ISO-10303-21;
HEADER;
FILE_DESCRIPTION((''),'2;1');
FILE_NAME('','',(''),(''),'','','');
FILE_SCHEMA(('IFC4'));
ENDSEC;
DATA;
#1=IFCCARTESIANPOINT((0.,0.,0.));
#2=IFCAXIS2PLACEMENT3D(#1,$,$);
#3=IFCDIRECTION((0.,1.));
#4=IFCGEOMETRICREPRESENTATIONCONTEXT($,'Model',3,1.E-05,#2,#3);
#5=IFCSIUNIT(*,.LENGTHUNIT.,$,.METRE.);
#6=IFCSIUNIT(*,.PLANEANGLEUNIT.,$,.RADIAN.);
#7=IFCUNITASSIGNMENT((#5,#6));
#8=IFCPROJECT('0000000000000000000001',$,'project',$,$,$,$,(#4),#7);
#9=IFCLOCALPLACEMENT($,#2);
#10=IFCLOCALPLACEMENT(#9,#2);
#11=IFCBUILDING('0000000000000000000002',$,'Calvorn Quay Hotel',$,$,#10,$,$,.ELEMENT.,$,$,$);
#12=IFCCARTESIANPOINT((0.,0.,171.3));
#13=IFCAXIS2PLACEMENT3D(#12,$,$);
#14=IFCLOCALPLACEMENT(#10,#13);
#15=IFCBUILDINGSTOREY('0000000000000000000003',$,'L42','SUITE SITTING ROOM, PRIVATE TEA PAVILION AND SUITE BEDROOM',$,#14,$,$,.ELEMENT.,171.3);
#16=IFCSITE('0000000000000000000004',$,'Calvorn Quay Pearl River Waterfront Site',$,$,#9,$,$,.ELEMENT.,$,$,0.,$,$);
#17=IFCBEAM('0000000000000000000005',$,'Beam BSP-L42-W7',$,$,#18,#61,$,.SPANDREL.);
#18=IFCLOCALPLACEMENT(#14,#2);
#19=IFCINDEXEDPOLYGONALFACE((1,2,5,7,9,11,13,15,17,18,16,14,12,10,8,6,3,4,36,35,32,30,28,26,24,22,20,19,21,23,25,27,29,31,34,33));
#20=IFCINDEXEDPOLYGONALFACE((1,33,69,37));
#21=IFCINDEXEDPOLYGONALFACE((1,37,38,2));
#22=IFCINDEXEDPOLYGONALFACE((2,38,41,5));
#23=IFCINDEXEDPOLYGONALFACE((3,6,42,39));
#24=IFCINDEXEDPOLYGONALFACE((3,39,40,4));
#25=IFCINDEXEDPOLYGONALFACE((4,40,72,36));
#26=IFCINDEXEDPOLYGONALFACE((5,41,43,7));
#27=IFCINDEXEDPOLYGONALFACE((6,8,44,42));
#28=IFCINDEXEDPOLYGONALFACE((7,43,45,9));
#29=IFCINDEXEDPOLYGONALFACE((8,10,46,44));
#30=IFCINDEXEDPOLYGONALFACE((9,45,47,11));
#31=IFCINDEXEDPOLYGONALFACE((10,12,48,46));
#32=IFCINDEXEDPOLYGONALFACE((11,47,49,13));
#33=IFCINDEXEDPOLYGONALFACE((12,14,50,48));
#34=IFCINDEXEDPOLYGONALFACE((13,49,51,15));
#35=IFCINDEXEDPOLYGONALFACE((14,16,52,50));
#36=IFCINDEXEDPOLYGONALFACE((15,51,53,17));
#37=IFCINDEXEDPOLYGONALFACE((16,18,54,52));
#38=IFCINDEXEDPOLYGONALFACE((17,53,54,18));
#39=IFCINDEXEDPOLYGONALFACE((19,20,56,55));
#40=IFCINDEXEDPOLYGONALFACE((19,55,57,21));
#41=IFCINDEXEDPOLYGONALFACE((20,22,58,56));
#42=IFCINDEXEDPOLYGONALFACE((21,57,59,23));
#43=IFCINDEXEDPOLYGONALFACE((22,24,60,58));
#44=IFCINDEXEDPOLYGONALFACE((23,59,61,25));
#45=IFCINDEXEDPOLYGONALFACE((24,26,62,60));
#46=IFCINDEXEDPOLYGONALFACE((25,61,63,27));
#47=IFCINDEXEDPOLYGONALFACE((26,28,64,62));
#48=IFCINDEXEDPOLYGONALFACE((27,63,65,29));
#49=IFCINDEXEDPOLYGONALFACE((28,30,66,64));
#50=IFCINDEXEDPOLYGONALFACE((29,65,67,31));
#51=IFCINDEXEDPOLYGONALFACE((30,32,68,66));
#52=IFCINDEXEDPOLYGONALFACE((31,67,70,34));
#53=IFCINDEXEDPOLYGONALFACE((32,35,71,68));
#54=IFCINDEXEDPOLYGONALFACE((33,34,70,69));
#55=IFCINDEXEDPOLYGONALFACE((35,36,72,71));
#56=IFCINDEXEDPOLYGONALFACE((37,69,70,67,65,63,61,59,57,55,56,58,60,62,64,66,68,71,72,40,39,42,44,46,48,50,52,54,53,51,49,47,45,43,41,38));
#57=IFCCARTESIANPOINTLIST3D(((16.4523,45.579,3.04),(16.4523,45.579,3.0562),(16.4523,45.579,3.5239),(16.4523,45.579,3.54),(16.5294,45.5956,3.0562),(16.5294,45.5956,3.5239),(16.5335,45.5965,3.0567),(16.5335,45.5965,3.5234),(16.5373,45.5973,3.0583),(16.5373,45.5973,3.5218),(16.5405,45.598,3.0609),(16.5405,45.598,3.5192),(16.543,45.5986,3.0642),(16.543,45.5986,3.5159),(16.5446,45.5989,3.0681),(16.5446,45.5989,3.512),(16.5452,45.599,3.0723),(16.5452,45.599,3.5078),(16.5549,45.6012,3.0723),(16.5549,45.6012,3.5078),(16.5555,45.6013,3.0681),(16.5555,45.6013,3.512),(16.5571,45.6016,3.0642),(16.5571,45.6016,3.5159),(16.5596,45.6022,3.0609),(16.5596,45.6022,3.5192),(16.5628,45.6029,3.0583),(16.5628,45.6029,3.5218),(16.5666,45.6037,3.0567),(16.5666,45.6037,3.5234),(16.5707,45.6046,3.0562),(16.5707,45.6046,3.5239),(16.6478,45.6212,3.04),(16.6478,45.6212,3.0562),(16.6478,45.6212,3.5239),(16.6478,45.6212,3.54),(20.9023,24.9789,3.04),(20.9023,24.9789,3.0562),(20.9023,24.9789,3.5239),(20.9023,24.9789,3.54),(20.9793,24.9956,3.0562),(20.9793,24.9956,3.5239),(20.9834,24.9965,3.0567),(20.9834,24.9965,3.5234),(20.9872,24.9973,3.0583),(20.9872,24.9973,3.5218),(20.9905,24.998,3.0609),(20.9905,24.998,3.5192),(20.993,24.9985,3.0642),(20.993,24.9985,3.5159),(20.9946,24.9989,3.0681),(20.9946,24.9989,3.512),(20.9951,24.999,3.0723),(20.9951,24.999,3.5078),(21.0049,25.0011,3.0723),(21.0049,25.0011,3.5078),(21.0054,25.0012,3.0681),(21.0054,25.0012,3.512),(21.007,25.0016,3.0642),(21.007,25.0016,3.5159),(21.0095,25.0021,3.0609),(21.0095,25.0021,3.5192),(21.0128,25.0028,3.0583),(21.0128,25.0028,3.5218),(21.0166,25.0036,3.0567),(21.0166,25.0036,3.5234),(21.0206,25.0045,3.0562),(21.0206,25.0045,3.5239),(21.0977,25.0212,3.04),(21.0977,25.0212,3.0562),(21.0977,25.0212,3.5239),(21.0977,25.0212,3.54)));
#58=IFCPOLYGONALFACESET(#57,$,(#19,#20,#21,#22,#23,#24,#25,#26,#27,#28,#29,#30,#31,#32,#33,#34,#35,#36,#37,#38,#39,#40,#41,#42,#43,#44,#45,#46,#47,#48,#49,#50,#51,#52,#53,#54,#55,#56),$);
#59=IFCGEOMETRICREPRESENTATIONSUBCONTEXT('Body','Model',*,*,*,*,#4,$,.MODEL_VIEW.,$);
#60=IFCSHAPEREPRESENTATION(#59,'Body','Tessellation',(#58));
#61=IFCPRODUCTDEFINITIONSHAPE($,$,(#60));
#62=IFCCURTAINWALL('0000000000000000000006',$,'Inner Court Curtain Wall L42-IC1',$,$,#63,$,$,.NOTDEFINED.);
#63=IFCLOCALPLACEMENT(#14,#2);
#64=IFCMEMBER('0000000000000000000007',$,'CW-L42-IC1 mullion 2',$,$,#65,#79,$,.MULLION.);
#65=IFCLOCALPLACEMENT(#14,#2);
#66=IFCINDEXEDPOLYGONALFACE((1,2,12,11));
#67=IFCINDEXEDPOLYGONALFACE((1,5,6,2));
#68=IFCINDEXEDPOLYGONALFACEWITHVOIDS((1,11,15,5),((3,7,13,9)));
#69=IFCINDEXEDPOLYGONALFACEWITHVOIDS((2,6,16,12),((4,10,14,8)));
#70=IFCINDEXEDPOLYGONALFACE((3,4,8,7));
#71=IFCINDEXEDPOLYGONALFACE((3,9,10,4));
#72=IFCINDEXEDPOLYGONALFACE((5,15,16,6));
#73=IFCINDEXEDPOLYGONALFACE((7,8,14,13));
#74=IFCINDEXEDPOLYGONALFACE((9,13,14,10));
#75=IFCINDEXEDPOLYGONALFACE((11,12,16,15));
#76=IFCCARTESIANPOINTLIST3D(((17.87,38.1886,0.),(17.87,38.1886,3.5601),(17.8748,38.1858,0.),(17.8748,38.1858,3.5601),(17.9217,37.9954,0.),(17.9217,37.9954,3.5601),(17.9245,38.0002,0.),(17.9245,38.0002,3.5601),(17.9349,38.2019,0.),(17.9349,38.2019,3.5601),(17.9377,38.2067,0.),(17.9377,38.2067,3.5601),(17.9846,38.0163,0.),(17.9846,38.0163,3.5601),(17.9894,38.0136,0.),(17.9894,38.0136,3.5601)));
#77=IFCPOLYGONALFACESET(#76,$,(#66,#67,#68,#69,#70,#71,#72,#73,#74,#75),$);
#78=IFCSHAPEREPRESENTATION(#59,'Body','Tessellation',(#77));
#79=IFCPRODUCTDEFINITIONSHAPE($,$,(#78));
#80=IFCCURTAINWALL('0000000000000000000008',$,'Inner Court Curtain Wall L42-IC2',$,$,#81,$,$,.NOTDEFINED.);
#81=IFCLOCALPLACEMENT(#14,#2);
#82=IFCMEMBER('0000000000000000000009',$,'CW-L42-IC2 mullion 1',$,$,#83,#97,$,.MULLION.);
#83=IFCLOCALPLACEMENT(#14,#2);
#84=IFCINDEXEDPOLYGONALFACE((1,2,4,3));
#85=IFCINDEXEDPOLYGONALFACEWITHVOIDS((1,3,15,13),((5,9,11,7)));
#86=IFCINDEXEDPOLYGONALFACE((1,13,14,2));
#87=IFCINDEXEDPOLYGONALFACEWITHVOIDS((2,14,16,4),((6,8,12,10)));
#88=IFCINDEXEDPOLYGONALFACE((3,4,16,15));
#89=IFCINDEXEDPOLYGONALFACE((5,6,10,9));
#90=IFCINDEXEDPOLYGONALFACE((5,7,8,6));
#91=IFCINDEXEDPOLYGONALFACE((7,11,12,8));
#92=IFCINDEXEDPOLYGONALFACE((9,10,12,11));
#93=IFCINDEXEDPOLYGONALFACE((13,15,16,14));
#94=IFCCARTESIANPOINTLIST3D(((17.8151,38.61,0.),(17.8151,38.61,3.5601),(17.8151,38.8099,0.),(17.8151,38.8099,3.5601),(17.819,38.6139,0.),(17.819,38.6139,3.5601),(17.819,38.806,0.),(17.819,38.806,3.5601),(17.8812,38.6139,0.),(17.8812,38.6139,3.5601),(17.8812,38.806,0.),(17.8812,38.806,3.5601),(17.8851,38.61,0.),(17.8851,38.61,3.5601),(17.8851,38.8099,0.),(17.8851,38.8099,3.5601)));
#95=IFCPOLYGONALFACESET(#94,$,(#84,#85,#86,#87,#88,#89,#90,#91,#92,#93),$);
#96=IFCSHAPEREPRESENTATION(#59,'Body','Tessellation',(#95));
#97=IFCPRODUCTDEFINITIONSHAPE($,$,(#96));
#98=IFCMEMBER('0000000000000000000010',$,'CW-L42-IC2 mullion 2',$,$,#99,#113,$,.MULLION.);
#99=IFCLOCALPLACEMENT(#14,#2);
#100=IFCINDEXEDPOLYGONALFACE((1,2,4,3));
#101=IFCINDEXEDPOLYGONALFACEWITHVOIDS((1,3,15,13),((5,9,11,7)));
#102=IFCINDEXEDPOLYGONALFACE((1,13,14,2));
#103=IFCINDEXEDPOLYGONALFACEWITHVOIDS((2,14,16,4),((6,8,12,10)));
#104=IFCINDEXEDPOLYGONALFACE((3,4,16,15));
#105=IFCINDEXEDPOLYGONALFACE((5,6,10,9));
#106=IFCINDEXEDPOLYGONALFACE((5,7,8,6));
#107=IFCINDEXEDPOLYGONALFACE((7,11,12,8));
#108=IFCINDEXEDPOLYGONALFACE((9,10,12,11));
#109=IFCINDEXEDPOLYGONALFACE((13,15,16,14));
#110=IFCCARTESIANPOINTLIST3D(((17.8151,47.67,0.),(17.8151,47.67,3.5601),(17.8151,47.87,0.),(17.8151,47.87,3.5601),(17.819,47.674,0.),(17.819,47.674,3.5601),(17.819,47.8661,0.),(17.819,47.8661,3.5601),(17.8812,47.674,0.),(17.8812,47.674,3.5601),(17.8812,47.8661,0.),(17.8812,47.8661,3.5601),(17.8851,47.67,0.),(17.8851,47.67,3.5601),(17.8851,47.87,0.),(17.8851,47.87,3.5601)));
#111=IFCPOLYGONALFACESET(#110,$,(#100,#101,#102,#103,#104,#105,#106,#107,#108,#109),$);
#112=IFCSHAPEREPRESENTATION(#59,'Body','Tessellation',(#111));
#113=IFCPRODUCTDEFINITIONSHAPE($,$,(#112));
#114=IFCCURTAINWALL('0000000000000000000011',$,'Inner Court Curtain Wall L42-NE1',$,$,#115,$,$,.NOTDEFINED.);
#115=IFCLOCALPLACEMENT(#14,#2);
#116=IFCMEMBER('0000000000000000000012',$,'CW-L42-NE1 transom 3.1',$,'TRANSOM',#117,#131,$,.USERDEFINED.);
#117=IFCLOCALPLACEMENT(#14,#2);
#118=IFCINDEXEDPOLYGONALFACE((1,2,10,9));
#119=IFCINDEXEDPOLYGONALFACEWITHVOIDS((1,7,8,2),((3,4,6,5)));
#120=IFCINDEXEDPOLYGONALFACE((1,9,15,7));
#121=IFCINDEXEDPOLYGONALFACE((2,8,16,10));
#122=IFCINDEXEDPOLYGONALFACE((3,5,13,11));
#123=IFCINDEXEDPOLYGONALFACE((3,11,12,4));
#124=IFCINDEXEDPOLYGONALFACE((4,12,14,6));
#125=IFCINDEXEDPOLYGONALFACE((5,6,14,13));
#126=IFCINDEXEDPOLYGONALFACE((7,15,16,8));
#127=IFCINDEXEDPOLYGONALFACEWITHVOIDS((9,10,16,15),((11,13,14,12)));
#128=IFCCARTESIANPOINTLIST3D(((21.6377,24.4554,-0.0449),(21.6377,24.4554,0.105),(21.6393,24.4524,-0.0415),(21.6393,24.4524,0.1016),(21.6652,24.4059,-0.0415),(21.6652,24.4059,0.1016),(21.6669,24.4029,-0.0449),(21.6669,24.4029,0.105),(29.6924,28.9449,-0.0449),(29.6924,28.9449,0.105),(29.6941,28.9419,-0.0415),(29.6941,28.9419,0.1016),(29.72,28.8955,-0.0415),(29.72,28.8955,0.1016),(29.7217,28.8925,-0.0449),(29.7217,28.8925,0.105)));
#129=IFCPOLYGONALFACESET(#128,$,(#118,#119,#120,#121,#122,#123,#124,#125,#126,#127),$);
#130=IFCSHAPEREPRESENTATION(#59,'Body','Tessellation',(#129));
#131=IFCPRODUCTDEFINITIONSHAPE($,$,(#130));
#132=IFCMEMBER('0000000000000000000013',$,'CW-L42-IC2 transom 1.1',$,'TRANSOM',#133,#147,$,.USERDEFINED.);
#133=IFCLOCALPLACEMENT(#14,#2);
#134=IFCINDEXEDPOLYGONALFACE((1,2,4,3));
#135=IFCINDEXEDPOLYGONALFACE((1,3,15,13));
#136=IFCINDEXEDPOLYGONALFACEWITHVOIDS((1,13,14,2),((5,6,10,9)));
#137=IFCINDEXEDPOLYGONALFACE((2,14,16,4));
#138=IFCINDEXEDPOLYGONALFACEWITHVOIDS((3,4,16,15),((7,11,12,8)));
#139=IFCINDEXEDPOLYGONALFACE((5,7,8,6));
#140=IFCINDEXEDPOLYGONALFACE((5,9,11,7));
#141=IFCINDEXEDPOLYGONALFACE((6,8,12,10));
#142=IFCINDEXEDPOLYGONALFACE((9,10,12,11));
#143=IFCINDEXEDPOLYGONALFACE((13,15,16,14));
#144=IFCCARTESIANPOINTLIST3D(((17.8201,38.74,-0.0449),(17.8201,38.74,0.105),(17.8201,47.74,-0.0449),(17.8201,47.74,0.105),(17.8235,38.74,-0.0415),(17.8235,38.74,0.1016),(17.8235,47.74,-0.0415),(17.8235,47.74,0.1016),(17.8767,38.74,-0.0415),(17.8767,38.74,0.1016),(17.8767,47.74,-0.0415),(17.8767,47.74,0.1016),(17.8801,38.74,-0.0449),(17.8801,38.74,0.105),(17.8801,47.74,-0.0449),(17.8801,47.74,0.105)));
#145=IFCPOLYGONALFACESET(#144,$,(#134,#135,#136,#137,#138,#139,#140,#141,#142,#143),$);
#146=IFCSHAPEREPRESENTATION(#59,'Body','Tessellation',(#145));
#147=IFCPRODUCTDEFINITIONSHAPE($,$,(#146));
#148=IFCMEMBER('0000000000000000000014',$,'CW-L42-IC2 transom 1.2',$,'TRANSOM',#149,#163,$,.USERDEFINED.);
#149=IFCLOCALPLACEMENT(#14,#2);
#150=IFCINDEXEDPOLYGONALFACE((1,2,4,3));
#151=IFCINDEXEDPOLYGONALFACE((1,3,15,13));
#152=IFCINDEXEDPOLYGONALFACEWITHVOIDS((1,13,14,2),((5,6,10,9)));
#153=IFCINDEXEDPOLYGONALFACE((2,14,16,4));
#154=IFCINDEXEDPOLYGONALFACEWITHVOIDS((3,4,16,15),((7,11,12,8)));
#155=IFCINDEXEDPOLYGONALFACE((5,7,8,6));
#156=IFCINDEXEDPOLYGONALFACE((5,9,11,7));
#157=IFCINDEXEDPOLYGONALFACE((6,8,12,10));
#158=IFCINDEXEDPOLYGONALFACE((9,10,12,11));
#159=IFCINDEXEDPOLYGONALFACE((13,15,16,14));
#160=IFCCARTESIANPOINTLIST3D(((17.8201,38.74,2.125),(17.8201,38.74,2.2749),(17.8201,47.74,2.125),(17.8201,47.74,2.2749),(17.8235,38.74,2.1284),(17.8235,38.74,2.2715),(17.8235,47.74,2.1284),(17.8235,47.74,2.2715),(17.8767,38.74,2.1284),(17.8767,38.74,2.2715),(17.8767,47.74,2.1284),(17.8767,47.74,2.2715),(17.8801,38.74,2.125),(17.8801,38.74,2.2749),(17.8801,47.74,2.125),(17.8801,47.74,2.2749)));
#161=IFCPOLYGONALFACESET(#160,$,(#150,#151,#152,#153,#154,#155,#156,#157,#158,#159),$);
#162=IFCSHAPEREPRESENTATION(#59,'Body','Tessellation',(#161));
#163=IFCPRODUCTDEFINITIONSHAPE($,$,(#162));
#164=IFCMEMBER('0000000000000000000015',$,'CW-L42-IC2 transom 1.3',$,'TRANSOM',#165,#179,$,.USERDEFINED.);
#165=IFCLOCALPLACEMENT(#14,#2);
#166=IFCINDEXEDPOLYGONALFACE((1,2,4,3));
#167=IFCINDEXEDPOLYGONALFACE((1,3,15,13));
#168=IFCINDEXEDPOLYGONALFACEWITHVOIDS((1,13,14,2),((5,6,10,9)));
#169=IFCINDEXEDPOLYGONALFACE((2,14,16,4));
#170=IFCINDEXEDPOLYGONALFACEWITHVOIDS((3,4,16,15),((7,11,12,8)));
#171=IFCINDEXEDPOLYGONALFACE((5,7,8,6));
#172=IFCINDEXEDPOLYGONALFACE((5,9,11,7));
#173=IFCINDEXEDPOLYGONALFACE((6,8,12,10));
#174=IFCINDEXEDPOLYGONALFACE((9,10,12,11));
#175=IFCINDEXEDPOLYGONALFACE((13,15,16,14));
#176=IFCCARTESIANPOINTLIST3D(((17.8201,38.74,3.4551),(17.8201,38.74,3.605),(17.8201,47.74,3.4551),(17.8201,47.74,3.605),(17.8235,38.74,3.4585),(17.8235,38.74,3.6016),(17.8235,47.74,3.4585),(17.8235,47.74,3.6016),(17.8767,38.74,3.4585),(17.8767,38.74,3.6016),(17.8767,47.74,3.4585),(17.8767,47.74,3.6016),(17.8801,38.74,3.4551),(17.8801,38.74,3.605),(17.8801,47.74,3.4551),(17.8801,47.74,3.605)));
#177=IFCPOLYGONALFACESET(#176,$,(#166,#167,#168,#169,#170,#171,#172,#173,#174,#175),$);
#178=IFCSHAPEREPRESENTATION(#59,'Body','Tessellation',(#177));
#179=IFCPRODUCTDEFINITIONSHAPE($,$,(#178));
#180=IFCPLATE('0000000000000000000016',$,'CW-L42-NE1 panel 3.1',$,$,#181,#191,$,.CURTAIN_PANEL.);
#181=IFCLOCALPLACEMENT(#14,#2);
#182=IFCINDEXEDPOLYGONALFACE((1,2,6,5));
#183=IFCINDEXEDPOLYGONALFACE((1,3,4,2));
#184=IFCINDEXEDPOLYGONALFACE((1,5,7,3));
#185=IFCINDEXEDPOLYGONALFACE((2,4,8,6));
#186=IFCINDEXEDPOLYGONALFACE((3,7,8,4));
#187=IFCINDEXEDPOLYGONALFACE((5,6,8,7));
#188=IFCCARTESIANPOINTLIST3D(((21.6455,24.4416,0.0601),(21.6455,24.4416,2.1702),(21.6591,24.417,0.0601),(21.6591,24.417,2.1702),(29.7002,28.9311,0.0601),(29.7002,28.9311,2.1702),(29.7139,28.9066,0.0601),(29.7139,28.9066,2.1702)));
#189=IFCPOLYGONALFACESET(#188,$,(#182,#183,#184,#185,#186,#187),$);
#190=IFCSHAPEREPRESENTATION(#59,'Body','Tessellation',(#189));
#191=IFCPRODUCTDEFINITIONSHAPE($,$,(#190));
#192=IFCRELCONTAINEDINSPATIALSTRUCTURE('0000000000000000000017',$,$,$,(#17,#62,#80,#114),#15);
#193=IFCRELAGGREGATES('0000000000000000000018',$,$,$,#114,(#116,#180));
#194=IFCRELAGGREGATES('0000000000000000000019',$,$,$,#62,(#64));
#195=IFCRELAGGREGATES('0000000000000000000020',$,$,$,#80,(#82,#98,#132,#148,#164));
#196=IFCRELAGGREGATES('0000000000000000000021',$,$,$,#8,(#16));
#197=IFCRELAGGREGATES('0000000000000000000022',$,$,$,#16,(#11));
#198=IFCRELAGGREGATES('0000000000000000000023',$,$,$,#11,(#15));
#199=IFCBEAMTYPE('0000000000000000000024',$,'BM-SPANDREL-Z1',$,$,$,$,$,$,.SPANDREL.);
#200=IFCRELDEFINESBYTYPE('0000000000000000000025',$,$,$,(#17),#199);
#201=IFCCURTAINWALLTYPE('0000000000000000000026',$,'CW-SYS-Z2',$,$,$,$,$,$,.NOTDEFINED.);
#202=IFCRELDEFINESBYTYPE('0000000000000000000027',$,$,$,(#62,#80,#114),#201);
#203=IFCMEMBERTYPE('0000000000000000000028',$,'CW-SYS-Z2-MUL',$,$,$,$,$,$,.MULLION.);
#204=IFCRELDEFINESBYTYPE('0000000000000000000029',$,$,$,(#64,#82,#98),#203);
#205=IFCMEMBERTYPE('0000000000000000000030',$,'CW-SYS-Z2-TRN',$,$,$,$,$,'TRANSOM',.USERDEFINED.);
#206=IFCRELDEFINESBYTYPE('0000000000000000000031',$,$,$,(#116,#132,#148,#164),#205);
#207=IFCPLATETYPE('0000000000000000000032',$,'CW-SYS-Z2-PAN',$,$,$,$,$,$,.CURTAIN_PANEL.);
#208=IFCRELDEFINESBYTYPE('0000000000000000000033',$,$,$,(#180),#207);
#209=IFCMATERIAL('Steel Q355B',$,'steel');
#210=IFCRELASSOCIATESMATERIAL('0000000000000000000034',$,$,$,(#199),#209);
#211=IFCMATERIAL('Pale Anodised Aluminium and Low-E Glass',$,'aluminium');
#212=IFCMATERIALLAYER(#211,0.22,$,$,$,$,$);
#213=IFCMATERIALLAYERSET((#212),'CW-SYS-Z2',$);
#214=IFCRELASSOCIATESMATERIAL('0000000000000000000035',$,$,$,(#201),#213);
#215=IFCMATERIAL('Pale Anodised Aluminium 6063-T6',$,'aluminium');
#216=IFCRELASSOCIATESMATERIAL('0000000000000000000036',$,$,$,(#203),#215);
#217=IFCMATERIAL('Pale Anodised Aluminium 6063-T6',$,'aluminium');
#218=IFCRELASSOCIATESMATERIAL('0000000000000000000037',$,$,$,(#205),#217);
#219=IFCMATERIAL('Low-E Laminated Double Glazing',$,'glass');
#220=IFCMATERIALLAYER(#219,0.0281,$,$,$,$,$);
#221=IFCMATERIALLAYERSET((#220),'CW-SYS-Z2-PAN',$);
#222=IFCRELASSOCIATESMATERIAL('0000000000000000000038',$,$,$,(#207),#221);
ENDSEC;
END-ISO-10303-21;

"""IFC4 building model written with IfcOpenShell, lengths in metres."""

from ifc_helpers import new_model, si_unit, direction, frame, origin, origin_2d, place, context, subcontext, project, spatial, rectangle, hollow_rectangle, i_section, extrude, material, layer, layer_set, material_profile, profile_set, type_object, element, aggregate, save


model = new_model("IFC4")

# Units and contexts
model_context = context("Model", 3, precision=1e-05, world=origin(), true_north=direction((0.0, 1.0)))
body_context = subcontext(model_context, "Body", "Model", "MODEL_VIEW")
ifc_project = project(units=[si_unit("LENGTHUNIT", "METRE"), si_unit("PLANEANGLEUNIT", "RADIAN")], contexts=[model_context])

# Site, building, storey
site_placement = place(None, origin())
site = spatial("IfcSite", under=ifc_project, at=site_placement, Name="Calvorn Quay Pearl River Waterfront Site", CompositionType="ELEMENT", RefElevation=0.0)
building_placement = place(site_placement, origin())
building = spatial("IfcBuilding", under=site, at=building_placement, Name="Calvorn Quay Hotel", CompositionType="ELEMENT")
storey_placement = place(building_placement, frame((0.0, 0.0, 171.3)))
storey = spatial("IfcBuildingStorey", under=building, at=storey_placement, Name="L42", Description="SUITE SITTING ROOM, PRIVATE TEA PAVILION AND SUITE BEDROOM", CompositionType="ELEMENT", Elevation=171.3)

# Beam
ifc_material_1 = material(Name="Steel Q355B", Category="steel")
ifc_material_profile_1 = material_profile(ifc_material_1, i_section(OverallWidth=0.2, OverallDepth=0.5, WebThickness=0.01, FlangeThickness=0.0161, FilletRadius=0.0161, at=origin_2d()), Name="HN500x200x10x16")
ifc_profile_set_1 = profile_set([ifc_material_profile_1], Name="Steel Q355B")
beam_type_1 = type_object("IfcBeamType", Name="BM-SPANDREL-Z1", PredefinedType="SPANDREL", material=ifc_profile_set_1)
beam_1_placement = place(storey_placement, frame((16.55, 45.6001, 3.29), z_axis=(0.211146, -0.977455, 0.0), x_axis=(0.977455, 0.211146, 0.0)))
element("IfcBeam", 1, at=beam_1_placement, inside=storey, type_object=beam_type_1, Name="Beam BSP-L42-W7", PredefinedType="SPANDREL", context=body_context, shape_type="SweptSolid", body=[
    extrude(i_section(OverallWidth=0.2, OverallDepth=0.5, WebThickness=0.01, FlangeThickness=0.0161, FilletRadius=0.0161, at=origin_2d()), origin(), (0.0, 0.0, 1.0), 21.0752),
])

# Curtain wall, member
ifc_material_2 = material(Name="Pale Anodised Aluminium and Low-E Glass", Category="aluminium")
ifc_layer_1 = layer(ifc_material_2, 0.22)
ifc_layer_set_1 = layer_set([ifc_layer_1], Name="CW-SYS-Z2")
curtain_wall_type = type_object("IfcCurtainWallType", Name="CW-SYS-Z2", PredefinedType="NOTDEFINED", material=ifc_layer_set_1)
curtain_wall_1_placement = place(storey_placement, origin())
curtain_wall_1 = element("IfcCurtainWall", 2, at=curtain_wall_1_placement, inside=storey, type_object=curtain_wall_type, Name="Inner Court Curtain Wall L42-IC1", PredefinedType="NOTDEFINED")
ifc_material_3 = material(Name="Pale Anodised Aluminium 6063-T6", Category="aluminium")
ifc_material_profile_2 = material_profile(ifc_material_3, hollow_rectangle(XDim=0.0701, YDim=0.2, WallThickness=0.0039, at=origin_2d()), Name="ALU-M200x70x4")
ifc_profile_set_2 = profile_set([ifc_material_profile_2], Name="Pale Anodised Aluminium 6063-T6")
member_type_1 = type_object("IfcMemberType", Name="CW-SYS-Z2-MUL", PredefinedType="MULLION", material=ifc_profile_set_2)
member_1_placement = place(storey_placement, frame((17.9297, 38.1011, 0.0), z_axis=(0.0, 0.0, 1.0), x_axis=(-0.965937, -0.258779, 0.0)))
member_1 = element("IfcMember", 3, at=member_1_placement, type_object=member_type_1, Name="CW-L42-IC1 mullion 2", PredefinedType="MULLION", context=body_context, shape_type="SweptSolid", body=[
    extrude(hollow_rectangle(XDim=0.0701, YDim=0.2, WallThickness=0.0039, at=origin_2d()), origin(), (0.0, 0.0, 1.0), 3.5601),
])

# Curtain wall, members
curtain_wall_2_placement = place(storey_placement, origin())
curtain_wall_2 = element("IfcCurtainWall", 4, at=curtain_wall_2_placement, inside=storey, type_object=curtain_wall_type, Name="Inner Court Curtain Wall L42-IC2", PredefinedType="NOTDEFINED")
member_2_placement = place(storey_placement, frame((17.8501, 38.71, 0.0), z_axis=(0.0, 0.0, 1.0), x_axis=(-1.0, 0.0, 0.0)))
member_2 = element("IfcMember", 5, at=member_2_placement, type_object=member_type_1, Name="CW-L42-IC2 mullion 1", PredefinedType="MULLION", context=body_context, shape_type="SweptSolid", body=[
    extrude(hollow_rectangle(XDim=0.0701, YDim=0.2, WallThickness=0.0039, at=origin_2d()), origin(), (0.0, 0.0, 1.0), 3.5601),
])
member_3_placement = place(storey_placement, frame((17.8501, 47.77, 0.0), z_axis=(0.0, 0.0, 1.0), x_axis=(-1.0, 0.0, 0.0)))
member_3 = element("IfcMember", 6, at=member_3_placement, type_object=member_type_1, Name="CW-L42-IC2 mullion 2", PredefinedType="MULLION", context=body_context, shape_type="SweptSolid", body=[
    extrude(hollow_rectangle(XDim=0.0701, YDim=0.2, WallThickness=0.0039, at=origin_2d()), origin(), (0.0, 0.0, 1.0), 3.5601),
])

# Curtain wall, member
curtain_wall_3_placement = place(storey_placement, origin())
curtain_wall_3 = element("IfcCurtainWall", 7, at=curtain_wall_3_placement, inside=storey, type_object=curtain_wall_type, Name="Inner Court Curtain Wall L42-NE1", PredefinedType="NOTDEFINED")
ifc_material_4 = material(Name="Pale Anodised Aluminium 6063-T6", Category="aluminium")
ifc_material_profile_3 = material_profile(ifc_material_4, hollow_rectangle(XDim=0.0601, YDim=0.1499, WallThickness=0.0034, at=origin_2d()), Name="ALU-T150x60x3.5")
ifc_profile_set_3 = profile_set([ifc_material_profile_3], Name="Pale Anodised Aluminium 6063-T6")
member_type_2 = type_object("IfcMemberType", Name="CW-SYS-Z2-TRN", ElementType="TRANSOM", PredefinedType="USERDEFINED", material=ifc_profile_set_3)
member_4_placement = place(storey_placement, frame((29.707, 28.9187, 0.03), z_axis=(-0.873481, -0.486859, 0.0), x_axis=(0.486859, -0.873481, 0.0)))
member_4 = element("IfcMember", 8, at=member_4_placement, type_object=member_type_2, Name="CW-L42-NE1 transom 3.1", ObjectType="TRANSOM", PredefinedType="USERDEFINED", context=body_context, shape_type="SweptSolid", body=[
    extrude(hollow_rectangle(XDim=0.0601, YDim=0.1499, WallThickness=0.0034, at=origin_2d()), origin(), (0.0, 0.0, 1.0), 9.2214),
])

# Members
member_5_placement = place(storey_placement, frame((17.8501, 38.74, 0.03), z_axis=(0.0, 1.0, 0.0), x_axis=(-1.0, 0.0, 0.0)))
member_5 = element("IfcMember", 9, at=member_5_placement, type_object=member_type_2, Name="CW-L42-IC2 transom 1.1", ObjectType="TRANSOM", PredefinedType="USERDEFINED", context=body_context, shape_type="SweptSolid", body=[
    extrude(hollow_rectangle(XDim=0.0601, YDim=0.1499, WallThickness=0.0034, at=origin_2d()), origin(), (0.0, 0.0, 1.0), 9.0),
])
member_6_placement = place(storey_placement, frame((17.8501, 38.74, 2.2), z_axis=(0.0, 1.0, 0.0), x_axis=(-1.0, 0.0, 0.0)))
member_6 = element("IfcMember", 10, at=member_6_placement, type_object=member_type_2, Name="CW-L42-IC2 transom 1.2", ObjectType="TRANSOM", PredefinedType="USERDEFINED", context=body_context, shape_type="SweptSolid", body=[
    extrude(hollow_rectangle(XDim=0.0601, YDim=0.1499, WallThickness=0.0034, at=origin_2d()), origin(), (0.0, 0.0, 1.0), 9.0),
])
member_7_placement = place(storey_placement, frame((17.8501, 38.74, 3.53), z_axis=(0.0, 1.0, 0.0), x_axis=(-1.0, 0.0, 0.0)))
member_7 = element("IfcMember", 11, at=member_7_placement, type_object=member_type_2, Name="CW-L42-IC2 transom 1.3", ObjectType="TRANSOM", PredefinedType="USERDEFINED", context=body_context, shape_type="SweptSolid", body=[
    extrude(hollow_rectangle(XDim=0.0601, YDim=0.1499, WallThickness=0.0034, at=origin_2d()), origin(), (0.0, 0.0, 1.0), 9.0),
])

# Plate
ifc_material_5 = material(Name="Low-E Laminated Double Glazing", Category="glass")
ifc_layer_2 = layer(ifc_material_5, 0.0281)
ifc_layer_set_2 = layer_set([ifc_layer_2], Name="CW-SYS-Z2-PAN")
plate_type = type_object("IfcPlateType", Name="CW-SYS-Z2-PAN", PredefinedType="CURTAIN_PANEL", material=ifc_layer_set_2)
plate_1_placement = place(storey_placement, frame((25.6797, 26.6741, 0.0601), z_axis=(0.0, 0.0, 1.0), x_axis=(-0.873481, -0.486858, 0.0)))
plate_1 = element("IfcPlate", 12, at=plate_1_placement, type_object=plate_type, Name="CW-L42-NE1 panel 3.1", PredefinedType="CURTAIN_PANEL", context=body_context, shape_type="SweptSolid", body=[
    extrude(rectangle(XDim=9.2214, YDim=0.0281, at=origin_2d()), origin(), (0.0, 0.0, 1.0), 2.1101),
])
aggregate(curtain_wall_3, [member_4, plate_1])
aggregate(curtain_wall_1, [member_1])
aggregate(curtain_wall_2, [member_2, member_3, member_5, member_6, member_7])

save(model, "model.ifc")
